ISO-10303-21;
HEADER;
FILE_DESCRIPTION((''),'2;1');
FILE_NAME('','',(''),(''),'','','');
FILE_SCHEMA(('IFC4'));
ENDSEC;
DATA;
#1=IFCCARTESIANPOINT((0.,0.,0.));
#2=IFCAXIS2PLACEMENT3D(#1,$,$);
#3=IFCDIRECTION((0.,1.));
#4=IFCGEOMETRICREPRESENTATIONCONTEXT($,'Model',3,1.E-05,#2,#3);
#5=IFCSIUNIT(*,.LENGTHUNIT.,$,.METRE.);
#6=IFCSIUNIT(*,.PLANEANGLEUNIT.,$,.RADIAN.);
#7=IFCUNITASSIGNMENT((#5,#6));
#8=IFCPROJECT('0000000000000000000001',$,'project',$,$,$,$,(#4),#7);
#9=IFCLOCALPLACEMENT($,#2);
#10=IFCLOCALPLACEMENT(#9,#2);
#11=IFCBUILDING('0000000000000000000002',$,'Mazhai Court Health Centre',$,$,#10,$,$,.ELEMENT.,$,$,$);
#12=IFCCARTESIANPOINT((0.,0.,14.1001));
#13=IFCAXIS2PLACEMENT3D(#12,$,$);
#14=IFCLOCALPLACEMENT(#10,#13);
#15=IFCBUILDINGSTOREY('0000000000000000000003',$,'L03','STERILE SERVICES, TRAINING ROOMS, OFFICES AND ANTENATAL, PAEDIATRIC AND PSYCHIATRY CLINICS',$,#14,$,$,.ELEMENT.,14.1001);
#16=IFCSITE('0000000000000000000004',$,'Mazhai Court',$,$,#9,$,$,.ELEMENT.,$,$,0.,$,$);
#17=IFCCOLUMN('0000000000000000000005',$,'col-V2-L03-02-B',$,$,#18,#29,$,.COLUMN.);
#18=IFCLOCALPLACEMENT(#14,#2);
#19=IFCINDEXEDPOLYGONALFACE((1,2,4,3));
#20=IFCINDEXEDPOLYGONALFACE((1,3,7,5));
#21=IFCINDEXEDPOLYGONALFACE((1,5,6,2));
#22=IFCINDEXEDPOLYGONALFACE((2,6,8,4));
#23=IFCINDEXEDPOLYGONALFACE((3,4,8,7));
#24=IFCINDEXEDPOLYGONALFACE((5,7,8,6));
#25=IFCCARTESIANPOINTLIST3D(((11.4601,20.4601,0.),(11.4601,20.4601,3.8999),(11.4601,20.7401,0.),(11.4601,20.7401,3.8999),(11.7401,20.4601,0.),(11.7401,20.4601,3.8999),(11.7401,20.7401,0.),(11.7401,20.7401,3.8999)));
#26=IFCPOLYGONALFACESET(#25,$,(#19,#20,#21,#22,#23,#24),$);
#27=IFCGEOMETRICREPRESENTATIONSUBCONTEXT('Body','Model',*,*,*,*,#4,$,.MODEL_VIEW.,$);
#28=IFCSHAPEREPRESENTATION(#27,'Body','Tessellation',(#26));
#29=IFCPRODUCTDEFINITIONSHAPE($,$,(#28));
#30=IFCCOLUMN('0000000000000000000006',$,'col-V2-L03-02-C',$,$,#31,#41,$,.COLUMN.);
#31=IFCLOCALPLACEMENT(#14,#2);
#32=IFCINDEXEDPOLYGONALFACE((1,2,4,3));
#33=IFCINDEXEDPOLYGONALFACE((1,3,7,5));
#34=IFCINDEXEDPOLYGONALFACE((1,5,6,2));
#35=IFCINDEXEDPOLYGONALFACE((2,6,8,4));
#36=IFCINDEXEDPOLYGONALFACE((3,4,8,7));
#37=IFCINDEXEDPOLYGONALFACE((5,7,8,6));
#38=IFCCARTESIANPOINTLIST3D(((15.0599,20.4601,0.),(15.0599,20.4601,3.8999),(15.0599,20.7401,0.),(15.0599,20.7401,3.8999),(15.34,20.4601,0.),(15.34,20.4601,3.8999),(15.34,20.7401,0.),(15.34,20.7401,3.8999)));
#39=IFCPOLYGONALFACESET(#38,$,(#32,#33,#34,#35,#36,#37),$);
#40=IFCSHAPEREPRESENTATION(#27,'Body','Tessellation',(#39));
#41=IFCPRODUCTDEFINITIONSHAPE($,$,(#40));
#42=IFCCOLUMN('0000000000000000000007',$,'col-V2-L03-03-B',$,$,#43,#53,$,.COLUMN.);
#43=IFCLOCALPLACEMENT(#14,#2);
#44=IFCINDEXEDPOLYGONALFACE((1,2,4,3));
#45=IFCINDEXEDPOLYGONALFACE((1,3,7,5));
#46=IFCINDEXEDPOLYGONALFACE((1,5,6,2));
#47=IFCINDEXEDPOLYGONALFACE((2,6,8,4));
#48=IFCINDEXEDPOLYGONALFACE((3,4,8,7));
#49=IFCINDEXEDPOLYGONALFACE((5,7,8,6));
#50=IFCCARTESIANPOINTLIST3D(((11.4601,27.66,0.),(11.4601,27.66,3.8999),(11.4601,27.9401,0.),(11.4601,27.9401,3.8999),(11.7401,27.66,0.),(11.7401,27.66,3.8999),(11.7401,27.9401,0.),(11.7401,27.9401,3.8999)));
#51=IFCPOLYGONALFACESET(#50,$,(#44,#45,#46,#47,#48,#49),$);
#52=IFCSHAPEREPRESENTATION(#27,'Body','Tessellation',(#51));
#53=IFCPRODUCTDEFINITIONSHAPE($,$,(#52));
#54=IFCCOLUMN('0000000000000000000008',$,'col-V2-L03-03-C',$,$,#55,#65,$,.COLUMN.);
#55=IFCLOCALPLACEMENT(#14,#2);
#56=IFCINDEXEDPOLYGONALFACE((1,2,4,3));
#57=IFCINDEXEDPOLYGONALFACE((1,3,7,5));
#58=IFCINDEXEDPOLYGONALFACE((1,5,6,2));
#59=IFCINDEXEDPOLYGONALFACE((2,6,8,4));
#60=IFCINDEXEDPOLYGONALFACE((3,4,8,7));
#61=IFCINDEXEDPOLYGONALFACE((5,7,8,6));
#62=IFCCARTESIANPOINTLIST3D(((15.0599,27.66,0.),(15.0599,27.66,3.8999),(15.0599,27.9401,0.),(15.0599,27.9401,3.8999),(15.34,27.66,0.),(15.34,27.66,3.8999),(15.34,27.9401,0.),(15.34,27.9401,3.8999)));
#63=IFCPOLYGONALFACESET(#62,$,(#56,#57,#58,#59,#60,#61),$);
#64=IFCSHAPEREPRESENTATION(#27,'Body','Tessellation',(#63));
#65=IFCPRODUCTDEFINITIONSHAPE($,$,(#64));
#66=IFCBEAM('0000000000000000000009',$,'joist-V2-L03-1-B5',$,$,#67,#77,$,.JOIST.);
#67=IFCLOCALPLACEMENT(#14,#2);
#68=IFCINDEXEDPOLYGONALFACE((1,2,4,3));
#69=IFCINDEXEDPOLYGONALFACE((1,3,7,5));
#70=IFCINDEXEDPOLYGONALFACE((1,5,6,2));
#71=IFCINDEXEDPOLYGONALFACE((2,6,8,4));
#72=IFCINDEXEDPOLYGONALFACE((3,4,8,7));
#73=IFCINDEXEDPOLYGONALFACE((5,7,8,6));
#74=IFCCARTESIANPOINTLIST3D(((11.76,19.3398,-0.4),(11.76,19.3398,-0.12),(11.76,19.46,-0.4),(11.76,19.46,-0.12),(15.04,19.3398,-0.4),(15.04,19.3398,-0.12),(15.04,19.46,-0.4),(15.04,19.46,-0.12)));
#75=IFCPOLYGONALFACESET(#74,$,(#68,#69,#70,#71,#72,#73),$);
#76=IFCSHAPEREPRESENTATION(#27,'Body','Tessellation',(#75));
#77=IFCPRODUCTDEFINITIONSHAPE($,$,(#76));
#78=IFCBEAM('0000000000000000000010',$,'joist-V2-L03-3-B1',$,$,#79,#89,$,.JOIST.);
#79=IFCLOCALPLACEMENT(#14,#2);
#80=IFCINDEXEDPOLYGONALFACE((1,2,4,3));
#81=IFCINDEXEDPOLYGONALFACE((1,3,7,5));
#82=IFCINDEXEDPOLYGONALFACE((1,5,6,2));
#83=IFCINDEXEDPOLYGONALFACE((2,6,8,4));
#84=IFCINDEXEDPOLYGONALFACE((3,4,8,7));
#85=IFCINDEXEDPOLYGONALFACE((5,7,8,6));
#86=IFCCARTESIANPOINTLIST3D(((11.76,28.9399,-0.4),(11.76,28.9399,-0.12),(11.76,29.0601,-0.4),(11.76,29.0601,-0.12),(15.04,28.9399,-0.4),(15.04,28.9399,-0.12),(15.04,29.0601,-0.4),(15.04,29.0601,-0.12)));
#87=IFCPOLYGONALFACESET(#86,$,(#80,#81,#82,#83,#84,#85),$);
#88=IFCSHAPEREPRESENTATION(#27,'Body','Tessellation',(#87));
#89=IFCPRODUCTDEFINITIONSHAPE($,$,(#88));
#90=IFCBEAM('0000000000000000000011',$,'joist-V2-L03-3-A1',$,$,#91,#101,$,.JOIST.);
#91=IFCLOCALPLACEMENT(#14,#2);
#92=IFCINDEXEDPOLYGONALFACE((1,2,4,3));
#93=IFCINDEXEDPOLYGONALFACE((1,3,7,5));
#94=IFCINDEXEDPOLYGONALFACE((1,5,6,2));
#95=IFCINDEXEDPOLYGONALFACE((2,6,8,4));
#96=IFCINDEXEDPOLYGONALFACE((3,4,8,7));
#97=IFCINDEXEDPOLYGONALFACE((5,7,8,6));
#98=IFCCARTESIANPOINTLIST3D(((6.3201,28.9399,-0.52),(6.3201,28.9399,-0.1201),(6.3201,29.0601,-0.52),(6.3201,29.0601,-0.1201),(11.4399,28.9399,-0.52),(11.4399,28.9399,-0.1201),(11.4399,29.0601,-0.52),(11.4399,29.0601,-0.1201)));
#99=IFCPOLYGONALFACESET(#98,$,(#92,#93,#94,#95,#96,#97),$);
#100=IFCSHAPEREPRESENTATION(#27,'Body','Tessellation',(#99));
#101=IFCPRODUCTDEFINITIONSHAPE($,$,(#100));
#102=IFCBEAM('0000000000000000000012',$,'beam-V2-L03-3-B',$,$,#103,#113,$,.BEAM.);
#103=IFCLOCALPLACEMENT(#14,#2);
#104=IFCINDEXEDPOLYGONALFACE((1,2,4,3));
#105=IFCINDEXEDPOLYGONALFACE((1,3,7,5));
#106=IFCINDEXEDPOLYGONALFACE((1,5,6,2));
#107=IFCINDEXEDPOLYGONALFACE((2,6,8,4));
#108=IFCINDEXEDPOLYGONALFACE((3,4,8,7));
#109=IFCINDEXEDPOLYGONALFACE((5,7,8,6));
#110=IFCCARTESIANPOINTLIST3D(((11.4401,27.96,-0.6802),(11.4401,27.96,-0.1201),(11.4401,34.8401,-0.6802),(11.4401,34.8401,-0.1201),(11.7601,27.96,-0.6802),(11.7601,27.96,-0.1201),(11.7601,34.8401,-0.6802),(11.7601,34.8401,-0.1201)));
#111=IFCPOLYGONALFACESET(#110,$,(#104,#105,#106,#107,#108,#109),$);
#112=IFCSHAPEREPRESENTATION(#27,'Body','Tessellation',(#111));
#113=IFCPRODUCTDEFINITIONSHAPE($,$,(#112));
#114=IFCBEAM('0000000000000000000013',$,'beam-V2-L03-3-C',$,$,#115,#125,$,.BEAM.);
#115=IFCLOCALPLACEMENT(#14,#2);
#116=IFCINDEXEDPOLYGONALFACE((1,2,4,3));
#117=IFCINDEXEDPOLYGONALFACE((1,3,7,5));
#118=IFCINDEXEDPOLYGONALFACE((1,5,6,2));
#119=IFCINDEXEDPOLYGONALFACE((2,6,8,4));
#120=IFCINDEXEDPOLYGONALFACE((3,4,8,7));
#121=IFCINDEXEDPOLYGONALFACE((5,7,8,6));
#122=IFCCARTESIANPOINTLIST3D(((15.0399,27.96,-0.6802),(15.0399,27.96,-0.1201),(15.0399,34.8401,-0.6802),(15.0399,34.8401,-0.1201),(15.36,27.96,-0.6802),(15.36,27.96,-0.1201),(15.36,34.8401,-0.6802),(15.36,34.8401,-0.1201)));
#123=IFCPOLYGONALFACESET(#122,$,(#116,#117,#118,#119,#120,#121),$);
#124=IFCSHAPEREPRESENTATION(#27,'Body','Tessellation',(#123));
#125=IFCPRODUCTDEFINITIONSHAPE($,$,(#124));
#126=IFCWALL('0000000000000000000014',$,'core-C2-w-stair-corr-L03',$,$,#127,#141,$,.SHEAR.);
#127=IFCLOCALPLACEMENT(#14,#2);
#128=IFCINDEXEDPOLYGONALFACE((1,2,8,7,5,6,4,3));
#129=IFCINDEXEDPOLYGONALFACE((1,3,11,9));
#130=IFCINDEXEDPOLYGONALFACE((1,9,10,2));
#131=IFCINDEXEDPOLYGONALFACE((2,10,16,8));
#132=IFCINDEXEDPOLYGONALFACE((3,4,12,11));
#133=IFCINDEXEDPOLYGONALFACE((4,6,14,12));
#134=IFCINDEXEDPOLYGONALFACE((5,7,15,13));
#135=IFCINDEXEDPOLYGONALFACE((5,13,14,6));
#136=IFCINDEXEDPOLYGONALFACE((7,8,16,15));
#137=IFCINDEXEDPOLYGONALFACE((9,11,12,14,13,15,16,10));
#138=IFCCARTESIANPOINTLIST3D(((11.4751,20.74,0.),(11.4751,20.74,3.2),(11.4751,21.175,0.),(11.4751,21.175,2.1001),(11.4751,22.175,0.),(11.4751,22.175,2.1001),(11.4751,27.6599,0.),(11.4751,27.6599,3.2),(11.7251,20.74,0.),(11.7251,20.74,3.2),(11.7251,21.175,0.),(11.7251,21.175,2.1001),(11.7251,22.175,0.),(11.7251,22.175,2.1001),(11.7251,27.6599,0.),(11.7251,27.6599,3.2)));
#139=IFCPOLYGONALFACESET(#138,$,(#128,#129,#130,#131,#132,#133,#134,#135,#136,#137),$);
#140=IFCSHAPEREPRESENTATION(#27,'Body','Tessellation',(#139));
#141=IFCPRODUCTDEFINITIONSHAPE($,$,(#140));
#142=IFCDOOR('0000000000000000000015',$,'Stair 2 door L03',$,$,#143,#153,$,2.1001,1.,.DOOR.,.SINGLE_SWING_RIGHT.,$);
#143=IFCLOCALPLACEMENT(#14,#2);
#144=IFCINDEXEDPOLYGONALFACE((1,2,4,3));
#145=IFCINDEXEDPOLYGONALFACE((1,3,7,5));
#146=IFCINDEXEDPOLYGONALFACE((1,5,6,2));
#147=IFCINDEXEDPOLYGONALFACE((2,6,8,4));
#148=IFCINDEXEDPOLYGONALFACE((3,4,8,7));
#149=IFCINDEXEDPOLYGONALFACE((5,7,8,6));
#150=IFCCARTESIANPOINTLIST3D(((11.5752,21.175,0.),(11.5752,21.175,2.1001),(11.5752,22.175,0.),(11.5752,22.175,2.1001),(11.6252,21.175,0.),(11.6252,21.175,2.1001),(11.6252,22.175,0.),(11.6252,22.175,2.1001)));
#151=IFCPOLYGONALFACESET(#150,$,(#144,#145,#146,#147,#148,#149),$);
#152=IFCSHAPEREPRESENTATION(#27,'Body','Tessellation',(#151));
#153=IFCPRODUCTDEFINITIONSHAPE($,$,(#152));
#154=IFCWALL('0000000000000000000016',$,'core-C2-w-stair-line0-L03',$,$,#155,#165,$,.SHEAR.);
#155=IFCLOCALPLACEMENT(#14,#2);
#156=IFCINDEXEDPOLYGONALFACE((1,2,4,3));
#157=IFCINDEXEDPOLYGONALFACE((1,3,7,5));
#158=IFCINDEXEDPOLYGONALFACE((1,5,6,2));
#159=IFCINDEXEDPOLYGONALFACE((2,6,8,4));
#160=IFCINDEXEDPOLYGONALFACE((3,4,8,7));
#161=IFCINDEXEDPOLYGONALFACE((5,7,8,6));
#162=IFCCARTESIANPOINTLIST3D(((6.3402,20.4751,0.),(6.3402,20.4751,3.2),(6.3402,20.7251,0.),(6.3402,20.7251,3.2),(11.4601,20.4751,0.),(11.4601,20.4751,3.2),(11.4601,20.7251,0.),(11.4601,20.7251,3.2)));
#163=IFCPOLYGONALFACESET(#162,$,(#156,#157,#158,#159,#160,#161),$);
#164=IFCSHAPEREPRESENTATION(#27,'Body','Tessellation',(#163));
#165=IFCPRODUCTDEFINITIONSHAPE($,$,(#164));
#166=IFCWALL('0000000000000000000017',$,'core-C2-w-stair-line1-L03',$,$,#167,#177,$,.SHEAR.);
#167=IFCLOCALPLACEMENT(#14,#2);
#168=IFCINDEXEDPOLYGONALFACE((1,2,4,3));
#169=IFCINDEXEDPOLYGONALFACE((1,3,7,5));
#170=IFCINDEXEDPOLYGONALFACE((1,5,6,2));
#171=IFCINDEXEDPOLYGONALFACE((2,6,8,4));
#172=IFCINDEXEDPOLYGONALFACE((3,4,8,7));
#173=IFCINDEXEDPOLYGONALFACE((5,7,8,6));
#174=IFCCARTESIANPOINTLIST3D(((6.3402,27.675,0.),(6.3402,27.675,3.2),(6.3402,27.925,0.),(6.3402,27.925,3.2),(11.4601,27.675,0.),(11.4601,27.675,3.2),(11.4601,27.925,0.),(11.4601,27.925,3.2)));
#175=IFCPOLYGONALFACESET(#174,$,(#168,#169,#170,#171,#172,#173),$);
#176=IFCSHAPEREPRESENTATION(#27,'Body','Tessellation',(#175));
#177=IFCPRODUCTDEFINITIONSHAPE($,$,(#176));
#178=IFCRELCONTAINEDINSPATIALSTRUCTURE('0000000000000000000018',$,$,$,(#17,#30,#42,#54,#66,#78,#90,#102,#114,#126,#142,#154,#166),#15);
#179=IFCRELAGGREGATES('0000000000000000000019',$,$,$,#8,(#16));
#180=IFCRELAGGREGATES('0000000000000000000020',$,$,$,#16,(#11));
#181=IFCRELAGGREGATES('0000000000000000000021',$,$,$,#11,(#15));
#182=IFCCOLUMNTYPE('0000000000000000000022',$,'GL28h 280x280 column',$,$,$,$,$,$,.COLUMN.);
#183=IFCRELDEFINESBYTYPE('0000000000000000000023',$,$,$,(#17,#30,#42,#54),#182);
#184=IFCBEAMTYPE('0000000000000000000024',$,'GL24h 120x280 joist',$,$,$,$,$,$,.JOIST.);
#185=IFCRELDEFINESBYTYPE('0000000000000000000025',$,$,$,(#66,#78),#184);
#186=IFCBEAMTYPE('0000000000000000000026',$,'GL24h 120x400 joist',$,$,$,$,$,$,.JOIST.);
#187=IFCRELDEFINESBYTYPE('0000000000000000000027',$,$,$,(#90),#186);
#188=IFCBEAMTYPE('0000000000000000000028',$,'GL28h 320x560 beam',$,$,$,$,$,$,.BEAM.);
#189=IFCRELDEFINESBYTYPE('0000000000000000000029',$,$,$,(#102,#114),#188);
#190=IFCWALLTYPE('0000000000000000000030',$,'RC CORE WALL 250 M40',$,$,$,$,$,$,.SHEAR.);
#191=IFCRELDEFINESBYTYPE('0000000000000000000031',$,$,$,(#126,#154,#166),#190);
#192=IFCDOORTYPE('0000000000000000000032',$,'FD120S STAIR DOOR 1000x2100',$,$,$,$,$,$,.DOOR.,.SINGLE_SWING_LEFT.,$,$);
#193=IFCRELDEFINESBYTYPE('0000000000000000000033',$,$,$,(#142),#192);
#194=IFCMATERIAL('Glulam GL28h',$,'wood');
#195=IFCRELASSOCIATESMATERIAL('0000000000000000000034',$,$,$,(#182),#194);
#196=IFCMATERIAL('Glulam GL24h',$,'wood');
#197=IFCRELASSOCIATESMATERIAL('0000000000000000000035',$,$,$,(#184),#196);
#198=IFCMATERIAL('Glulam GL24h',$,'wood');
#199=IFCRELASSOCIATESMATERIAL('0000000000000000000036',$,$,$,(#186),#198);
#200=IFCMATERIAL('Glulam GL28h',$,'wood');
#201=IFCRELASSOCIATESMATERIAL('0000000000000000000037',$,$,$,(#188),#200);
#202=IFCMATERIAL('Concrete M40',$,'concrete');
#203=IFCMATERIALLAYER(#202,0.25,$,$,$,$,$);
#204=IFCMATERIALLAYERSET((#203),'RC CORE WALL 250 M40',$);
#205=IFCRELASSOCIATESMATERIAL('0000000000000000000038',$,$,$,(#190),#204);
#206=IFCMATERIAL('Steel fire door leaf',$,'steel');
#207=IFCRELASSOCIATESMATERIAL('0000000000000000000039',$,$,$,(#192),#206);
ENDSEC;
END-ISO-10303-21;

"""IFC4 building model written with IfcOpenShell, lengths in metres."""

from ifc_helpers import new_model, si_unit, direction, frame, frame_2d, origin, origin_2d, place, context, subcontext, project, spatial, rectangle, extrude, material, layer, layer_set, material_profile, profile_set, type_object, element, fill, save


model = new_model("IFC4")

# Units and contexts
model_context = context("Model", 3, precision=1e-05, world=origin(), true_north=direction((0.0, 1.0)))
body_context = subcontext(model_context, "Body", "Model", "MODEL_VIEW")
ifc_project = project(units=[si_unit("LENGTHUNIT", "METRE"), si_unit("PLANEANGLEUNIT", "RADIAN")], contexts=[model_context])

# Site, building, storey
site_placement = place(None, origin())
site = spatial("IfcSite", under=ifc_project, at=site_placement, Name="Mazhai Court", CompositionType="ELEMENT", RefElevation=0.0)
building_placement = place(site_placement, origin())
building = spatial("IfcBuilding", under=site, at=building_placement, Name="Mazhai Court Health Centre", CompositionType="ELEMENT")
storey_placement = place(building_placement, frame((0.0, 0.0, 14.1001)))
storey = spatial("IfcBuildingStorey", under=building, at=storey_placement, Name="L03", Description="STERILE SERVICES, TRAINING ROOMS, OFFICES AND ANTENATAL, PAEDIATRIC AND PSYCHIATRY CLINICS", CompositionType="ELEMENT", Elevation=14.1001)

# Columns
ifc_material_1 = material(Name="Glulam GL28h", Category="wood")
ifc_material_profile_1 = material_profile(ifc_material_1, rectangle(XDim=0.28, YDim=0.28, at=origin_2d()), Name="GL28h 280x280")
ifc_profile_set_1 = profile_set([ifc_material_profile_1], Name="Glulam GL28h")
column_type = type_object("IfcColumnType", Name="GL28h 280x280 column", PredefinedType="COLUMN", material=ifc_profile_set_1)
for number, where, z_axis, x_axis, name in (
    (1, (11.6001, 20.6001, 0.0), (0.0, 0.0, 1.0), (1.0, 0.0, 0.0), "col-V2-L03-02-B"),
    (2, (15.2, 20.6001, 0.0), (0.0, 0.0, 1.0), (1.0, 0.0, 0.0), "col-V2-L03-02-C"),
    (3, (11.6001, 27.8, 0.0), (0.0, 0.0, 1.0), (1.0, 0.0, 0.0), "col-V2-L03-03-B"),
    (4, (15.2, 27.8, 0.0), (0.0, 0.0, 1.0), (1.0, 0.0, 0.0), "col-V2-L03-03-C"),
):
    element("IfcColumn", number, at=place(storey_placement, frame(where, z_axis=z_axis, x_axis=x_axis)), inside=storey, type_object=column_type, Name=name, PredefinedType="COLUMN", context=body_context, shape_type="SweptSolid", body=[
        extrude(rectangle(XDim=0.28, YDim=0.28, at=origin_2d()), origin(), (0.0, 0.0, 1.0), 3.8999),
    ])

# Beams
ifc_material_2 = material(Name="Glulam GL24h", Category="wood")
ifc_material_profile_2 = material_profile(ifc_material_2, rectangle(XDim=0.1201, YDim=0.28, at=origin_2d()), Name="GL24h 120x280")
ifc_profile_set_2 = profile_set([ifc_material_profile_2], Name="Glulam GL24h")
beam_type_1 = type_object("IfcBeamType", Name="GL24h 120x280 joist", PredefinedType="JOIST", material=ifc_profile_set_2)
for number, where, z_axis, x_axis, name in (
    (5, (11.76, 19.3999, -0.26), (1.0, 0.0, 0.0), (0.0, 1.0, 0.0), "joist-V2-L03-1-B5"),
    (6, (11.76, 29.0, -0.26), (1.0, 0.0, 0.0), (0.0, 1.0, 0.0), "joist-V2-L03-3-B1"),
):
    element("IfcBeam", number, at=place(storey_placement, frame(where, z_axis=z_axis, x_axis=x_axis)), inside=storey, type_object=beam_type_1, Name=name, PredefinedType="JOIST", context=body_context, shape_type="SweptSolid", body=[
        extrude(rectangle(XDim=0.1201, YDim=0.28, at=origin_2d()), origin(), (0.0, 0.0, 1.0), 3.28),
    ])
ifc_material_3 = material(Name="Glulam GL24h", Category="wood")
ifc_material_profile_3 = material_profile(ifc_material_3, rectangle(XDim=0.1201, YDim=0.3999, at=origin_2d()), Name="GL24h 120x400")
ifc_profile_set_3 = profile_set([ifc_material_profile_3], Name="Glulam GL24h")
beam_type_2 = type_object("IfcBeamType", Name="GL24h 120x400 joist", PredefinedType="JOIST", material=ifc_profile_set_3)
beam_placement = place(storey_placement, frame((6.3201, 29.0, -0.3201), z_axis=(1.0, 0.0, 0.0), x_axis=(0.0, 1.0, 0.0)))
element("IfcBeam", 7, at=beam_placement, inside=storey, type_object=beam_type_2, Name="joist-V2-L03-3-A1", PredefinedType="JOIST", context=body_context, shape_type="SweptSolid", body=[
    extrude(rectangle(XDim=0.1201, YDim=0.3999, at=origin_2d()), origin(), (0.0, 0.0, 1.0), 5.1199),
])
ifc_material_4 = material(Name="Glulam GL28h", Category="wood")
ifc_material_profile_4 = material_profile(ifc_material_4, rectangle(XDim=0.3201, YDim=0.5601, at=origin_2d()), Name="GL28h 320x560")
ifc_profile_set_4 = profile_set([ifc_material_profile_4], Name="Glulam GL28h")
beam_type_3 = type_object("IfcBeamType", Name="GL28h 320x560 beam", PredefinedType="BEAM", material=ifc_profile_set_4)
for number, where, z_axis, x_axis, name in (
    (8, (11.6001, 27.96, -0.4001), (0.0, 1.0, 0.0), (-1.0, 0.0, 0.0), "beam-V2-L03-3-B"),
    (9, (15.2, 27.96, -0.4001), (0.0, 1.0, 0.0), (-1.0, 0.0, 0.0), "beam-V2-L03-3-C"),
):
    element("IfcBeam", number, at=place(storey_placement, frame(where, z_axis=z_axis, x_axis=x_axis)), inside=storey, type_object=beam_type_3, Name=name, PredefinedType="BEAM", context=body_context, shape_type="SweptSolid", body=[
        extrude(rectangle(XDim=0.3201, YDim=0.5601, at=origin_2d()), origin(), (0.0, 0.0, 1.0), 6.8801),
    ])

# Wall, opening, door
ifc_material_5 = material(Name="Concrete M40", Category="concrete")
ifc_layer_1 = layer(ifc_material_5, 0.25)
ifc_layer_set_1 = layer_set([ifc_layer_1], Name="RC CORE WALL 250 M40")
wall_type_1 = type_object("IfcWallType", Name="RC CORE WALL 250 M40", PredefinedType="SHEAR", material=ifc_layer_set_1)
wall_1_placement = place(storey_placement, frame((11.6001, 20.74, 0.0), z_axis=(0.0, 0.0, 1.0), x_axis=(0.0, 1.0, 0.0)))
wall_1 = element("IfcWall", 10, at=wall_1_placement, inside=storey, type_object=wall_type_1, Name="core-C2-w-stair-corr-L03", PredefinedType="SHEAR", context=body_context, shape_type="SweptSolid", body=[
    extrude(rectangle(XDim=6.9199, YDim=0.25, at=frame_2d((3.46, 0.0))), origin(), (0.0, 0.0, 1.0), 3.2),
])
opening_1_placement = place(wall_1_placement, frame((0.4351, 0.0, 0.0)))
opening_1 = element("IfcOpeningElement", 11, at=opening_1_placement, cuts=wall_1, PredefinedType="OPENING", context=body_context, shape_type="SweptSolid", body=[
    extrude(rectangle(XDim=1.0, YDim=2.1001, at=frame_2d((0.5, 1.05))), frame((0.0, 0.135, 0.0), z_axis=(0.0, -1.0, 0.0), x_axis=(1.0, 0.0, 0.0)), (0.0, 0.0, 1.0), 0.27),
])
ifc_material_6 = material(Name="Steel fire door leaf", Category="steel")
door_type_1 = type_object("IfcDoorType", Name="FD120S STAIR DOOR 1000x2100", OperationType="SINGLE_SWING_LEFT", PredefinedType="DOOR", material=ifc_material_6)
door_1_placement = place(opening_1_placement, origin())
door_1 = element("IfcDoor", 12, at=door_1_placement, inside=storey, type_object=door_type_1, Name="Stair 2 door L03", OperationType="SINGLE_SWING_RIGHT", OverallHeight=2.1001, OverallWidth=1.0, PredefinedType="DOOR", context=body_context, shape_type="SweptSolid", body=[
    extrude(rectangle(XDim=1.0, YDim=2.1001, at=frame_2d((0.5, 1.05))), frame((0.0, 0.0249, 0.0), z_axis=(0.0, -1.0, 0.0), x_axis=(1.0, 0.0, 0.0)), (0.0, 0.0, 1.0), 0.05),
])
fill(opening_1, door_1)

# Walls
for number, where, z_axis, x_axis, name in (
    (13, (6.3401, 20.6001, 0.0), (0.0, 0.0, 1.0), (1.0, 0.0, 0.0), "core-C2-w-stair-line0-L03"),
    (14, (6.3401, 27.8, 0.0), (0.0, 0.0, 1.0), (1.0, 0.0, 0.0), "core-C2-w-stair-line1-L03"),
):
    element("IfcWall", number, at=place(storey_placement, frame(where, z_axis=z_axis, x_axis=x_axis)), inside=storey, type_object=wall_type_1, Name=name, PredefinedType="SHEAR", context=body_context, shape_type="SweptSolid", body=[
        extrude(rectangle(XDim=5.1199, YDim=0.25, at=frame_2d((2.5601, 0.0))), origin(), (0.0, 0.0, 1.0), 3.2),
    ])

save(model, "model.ifc")
